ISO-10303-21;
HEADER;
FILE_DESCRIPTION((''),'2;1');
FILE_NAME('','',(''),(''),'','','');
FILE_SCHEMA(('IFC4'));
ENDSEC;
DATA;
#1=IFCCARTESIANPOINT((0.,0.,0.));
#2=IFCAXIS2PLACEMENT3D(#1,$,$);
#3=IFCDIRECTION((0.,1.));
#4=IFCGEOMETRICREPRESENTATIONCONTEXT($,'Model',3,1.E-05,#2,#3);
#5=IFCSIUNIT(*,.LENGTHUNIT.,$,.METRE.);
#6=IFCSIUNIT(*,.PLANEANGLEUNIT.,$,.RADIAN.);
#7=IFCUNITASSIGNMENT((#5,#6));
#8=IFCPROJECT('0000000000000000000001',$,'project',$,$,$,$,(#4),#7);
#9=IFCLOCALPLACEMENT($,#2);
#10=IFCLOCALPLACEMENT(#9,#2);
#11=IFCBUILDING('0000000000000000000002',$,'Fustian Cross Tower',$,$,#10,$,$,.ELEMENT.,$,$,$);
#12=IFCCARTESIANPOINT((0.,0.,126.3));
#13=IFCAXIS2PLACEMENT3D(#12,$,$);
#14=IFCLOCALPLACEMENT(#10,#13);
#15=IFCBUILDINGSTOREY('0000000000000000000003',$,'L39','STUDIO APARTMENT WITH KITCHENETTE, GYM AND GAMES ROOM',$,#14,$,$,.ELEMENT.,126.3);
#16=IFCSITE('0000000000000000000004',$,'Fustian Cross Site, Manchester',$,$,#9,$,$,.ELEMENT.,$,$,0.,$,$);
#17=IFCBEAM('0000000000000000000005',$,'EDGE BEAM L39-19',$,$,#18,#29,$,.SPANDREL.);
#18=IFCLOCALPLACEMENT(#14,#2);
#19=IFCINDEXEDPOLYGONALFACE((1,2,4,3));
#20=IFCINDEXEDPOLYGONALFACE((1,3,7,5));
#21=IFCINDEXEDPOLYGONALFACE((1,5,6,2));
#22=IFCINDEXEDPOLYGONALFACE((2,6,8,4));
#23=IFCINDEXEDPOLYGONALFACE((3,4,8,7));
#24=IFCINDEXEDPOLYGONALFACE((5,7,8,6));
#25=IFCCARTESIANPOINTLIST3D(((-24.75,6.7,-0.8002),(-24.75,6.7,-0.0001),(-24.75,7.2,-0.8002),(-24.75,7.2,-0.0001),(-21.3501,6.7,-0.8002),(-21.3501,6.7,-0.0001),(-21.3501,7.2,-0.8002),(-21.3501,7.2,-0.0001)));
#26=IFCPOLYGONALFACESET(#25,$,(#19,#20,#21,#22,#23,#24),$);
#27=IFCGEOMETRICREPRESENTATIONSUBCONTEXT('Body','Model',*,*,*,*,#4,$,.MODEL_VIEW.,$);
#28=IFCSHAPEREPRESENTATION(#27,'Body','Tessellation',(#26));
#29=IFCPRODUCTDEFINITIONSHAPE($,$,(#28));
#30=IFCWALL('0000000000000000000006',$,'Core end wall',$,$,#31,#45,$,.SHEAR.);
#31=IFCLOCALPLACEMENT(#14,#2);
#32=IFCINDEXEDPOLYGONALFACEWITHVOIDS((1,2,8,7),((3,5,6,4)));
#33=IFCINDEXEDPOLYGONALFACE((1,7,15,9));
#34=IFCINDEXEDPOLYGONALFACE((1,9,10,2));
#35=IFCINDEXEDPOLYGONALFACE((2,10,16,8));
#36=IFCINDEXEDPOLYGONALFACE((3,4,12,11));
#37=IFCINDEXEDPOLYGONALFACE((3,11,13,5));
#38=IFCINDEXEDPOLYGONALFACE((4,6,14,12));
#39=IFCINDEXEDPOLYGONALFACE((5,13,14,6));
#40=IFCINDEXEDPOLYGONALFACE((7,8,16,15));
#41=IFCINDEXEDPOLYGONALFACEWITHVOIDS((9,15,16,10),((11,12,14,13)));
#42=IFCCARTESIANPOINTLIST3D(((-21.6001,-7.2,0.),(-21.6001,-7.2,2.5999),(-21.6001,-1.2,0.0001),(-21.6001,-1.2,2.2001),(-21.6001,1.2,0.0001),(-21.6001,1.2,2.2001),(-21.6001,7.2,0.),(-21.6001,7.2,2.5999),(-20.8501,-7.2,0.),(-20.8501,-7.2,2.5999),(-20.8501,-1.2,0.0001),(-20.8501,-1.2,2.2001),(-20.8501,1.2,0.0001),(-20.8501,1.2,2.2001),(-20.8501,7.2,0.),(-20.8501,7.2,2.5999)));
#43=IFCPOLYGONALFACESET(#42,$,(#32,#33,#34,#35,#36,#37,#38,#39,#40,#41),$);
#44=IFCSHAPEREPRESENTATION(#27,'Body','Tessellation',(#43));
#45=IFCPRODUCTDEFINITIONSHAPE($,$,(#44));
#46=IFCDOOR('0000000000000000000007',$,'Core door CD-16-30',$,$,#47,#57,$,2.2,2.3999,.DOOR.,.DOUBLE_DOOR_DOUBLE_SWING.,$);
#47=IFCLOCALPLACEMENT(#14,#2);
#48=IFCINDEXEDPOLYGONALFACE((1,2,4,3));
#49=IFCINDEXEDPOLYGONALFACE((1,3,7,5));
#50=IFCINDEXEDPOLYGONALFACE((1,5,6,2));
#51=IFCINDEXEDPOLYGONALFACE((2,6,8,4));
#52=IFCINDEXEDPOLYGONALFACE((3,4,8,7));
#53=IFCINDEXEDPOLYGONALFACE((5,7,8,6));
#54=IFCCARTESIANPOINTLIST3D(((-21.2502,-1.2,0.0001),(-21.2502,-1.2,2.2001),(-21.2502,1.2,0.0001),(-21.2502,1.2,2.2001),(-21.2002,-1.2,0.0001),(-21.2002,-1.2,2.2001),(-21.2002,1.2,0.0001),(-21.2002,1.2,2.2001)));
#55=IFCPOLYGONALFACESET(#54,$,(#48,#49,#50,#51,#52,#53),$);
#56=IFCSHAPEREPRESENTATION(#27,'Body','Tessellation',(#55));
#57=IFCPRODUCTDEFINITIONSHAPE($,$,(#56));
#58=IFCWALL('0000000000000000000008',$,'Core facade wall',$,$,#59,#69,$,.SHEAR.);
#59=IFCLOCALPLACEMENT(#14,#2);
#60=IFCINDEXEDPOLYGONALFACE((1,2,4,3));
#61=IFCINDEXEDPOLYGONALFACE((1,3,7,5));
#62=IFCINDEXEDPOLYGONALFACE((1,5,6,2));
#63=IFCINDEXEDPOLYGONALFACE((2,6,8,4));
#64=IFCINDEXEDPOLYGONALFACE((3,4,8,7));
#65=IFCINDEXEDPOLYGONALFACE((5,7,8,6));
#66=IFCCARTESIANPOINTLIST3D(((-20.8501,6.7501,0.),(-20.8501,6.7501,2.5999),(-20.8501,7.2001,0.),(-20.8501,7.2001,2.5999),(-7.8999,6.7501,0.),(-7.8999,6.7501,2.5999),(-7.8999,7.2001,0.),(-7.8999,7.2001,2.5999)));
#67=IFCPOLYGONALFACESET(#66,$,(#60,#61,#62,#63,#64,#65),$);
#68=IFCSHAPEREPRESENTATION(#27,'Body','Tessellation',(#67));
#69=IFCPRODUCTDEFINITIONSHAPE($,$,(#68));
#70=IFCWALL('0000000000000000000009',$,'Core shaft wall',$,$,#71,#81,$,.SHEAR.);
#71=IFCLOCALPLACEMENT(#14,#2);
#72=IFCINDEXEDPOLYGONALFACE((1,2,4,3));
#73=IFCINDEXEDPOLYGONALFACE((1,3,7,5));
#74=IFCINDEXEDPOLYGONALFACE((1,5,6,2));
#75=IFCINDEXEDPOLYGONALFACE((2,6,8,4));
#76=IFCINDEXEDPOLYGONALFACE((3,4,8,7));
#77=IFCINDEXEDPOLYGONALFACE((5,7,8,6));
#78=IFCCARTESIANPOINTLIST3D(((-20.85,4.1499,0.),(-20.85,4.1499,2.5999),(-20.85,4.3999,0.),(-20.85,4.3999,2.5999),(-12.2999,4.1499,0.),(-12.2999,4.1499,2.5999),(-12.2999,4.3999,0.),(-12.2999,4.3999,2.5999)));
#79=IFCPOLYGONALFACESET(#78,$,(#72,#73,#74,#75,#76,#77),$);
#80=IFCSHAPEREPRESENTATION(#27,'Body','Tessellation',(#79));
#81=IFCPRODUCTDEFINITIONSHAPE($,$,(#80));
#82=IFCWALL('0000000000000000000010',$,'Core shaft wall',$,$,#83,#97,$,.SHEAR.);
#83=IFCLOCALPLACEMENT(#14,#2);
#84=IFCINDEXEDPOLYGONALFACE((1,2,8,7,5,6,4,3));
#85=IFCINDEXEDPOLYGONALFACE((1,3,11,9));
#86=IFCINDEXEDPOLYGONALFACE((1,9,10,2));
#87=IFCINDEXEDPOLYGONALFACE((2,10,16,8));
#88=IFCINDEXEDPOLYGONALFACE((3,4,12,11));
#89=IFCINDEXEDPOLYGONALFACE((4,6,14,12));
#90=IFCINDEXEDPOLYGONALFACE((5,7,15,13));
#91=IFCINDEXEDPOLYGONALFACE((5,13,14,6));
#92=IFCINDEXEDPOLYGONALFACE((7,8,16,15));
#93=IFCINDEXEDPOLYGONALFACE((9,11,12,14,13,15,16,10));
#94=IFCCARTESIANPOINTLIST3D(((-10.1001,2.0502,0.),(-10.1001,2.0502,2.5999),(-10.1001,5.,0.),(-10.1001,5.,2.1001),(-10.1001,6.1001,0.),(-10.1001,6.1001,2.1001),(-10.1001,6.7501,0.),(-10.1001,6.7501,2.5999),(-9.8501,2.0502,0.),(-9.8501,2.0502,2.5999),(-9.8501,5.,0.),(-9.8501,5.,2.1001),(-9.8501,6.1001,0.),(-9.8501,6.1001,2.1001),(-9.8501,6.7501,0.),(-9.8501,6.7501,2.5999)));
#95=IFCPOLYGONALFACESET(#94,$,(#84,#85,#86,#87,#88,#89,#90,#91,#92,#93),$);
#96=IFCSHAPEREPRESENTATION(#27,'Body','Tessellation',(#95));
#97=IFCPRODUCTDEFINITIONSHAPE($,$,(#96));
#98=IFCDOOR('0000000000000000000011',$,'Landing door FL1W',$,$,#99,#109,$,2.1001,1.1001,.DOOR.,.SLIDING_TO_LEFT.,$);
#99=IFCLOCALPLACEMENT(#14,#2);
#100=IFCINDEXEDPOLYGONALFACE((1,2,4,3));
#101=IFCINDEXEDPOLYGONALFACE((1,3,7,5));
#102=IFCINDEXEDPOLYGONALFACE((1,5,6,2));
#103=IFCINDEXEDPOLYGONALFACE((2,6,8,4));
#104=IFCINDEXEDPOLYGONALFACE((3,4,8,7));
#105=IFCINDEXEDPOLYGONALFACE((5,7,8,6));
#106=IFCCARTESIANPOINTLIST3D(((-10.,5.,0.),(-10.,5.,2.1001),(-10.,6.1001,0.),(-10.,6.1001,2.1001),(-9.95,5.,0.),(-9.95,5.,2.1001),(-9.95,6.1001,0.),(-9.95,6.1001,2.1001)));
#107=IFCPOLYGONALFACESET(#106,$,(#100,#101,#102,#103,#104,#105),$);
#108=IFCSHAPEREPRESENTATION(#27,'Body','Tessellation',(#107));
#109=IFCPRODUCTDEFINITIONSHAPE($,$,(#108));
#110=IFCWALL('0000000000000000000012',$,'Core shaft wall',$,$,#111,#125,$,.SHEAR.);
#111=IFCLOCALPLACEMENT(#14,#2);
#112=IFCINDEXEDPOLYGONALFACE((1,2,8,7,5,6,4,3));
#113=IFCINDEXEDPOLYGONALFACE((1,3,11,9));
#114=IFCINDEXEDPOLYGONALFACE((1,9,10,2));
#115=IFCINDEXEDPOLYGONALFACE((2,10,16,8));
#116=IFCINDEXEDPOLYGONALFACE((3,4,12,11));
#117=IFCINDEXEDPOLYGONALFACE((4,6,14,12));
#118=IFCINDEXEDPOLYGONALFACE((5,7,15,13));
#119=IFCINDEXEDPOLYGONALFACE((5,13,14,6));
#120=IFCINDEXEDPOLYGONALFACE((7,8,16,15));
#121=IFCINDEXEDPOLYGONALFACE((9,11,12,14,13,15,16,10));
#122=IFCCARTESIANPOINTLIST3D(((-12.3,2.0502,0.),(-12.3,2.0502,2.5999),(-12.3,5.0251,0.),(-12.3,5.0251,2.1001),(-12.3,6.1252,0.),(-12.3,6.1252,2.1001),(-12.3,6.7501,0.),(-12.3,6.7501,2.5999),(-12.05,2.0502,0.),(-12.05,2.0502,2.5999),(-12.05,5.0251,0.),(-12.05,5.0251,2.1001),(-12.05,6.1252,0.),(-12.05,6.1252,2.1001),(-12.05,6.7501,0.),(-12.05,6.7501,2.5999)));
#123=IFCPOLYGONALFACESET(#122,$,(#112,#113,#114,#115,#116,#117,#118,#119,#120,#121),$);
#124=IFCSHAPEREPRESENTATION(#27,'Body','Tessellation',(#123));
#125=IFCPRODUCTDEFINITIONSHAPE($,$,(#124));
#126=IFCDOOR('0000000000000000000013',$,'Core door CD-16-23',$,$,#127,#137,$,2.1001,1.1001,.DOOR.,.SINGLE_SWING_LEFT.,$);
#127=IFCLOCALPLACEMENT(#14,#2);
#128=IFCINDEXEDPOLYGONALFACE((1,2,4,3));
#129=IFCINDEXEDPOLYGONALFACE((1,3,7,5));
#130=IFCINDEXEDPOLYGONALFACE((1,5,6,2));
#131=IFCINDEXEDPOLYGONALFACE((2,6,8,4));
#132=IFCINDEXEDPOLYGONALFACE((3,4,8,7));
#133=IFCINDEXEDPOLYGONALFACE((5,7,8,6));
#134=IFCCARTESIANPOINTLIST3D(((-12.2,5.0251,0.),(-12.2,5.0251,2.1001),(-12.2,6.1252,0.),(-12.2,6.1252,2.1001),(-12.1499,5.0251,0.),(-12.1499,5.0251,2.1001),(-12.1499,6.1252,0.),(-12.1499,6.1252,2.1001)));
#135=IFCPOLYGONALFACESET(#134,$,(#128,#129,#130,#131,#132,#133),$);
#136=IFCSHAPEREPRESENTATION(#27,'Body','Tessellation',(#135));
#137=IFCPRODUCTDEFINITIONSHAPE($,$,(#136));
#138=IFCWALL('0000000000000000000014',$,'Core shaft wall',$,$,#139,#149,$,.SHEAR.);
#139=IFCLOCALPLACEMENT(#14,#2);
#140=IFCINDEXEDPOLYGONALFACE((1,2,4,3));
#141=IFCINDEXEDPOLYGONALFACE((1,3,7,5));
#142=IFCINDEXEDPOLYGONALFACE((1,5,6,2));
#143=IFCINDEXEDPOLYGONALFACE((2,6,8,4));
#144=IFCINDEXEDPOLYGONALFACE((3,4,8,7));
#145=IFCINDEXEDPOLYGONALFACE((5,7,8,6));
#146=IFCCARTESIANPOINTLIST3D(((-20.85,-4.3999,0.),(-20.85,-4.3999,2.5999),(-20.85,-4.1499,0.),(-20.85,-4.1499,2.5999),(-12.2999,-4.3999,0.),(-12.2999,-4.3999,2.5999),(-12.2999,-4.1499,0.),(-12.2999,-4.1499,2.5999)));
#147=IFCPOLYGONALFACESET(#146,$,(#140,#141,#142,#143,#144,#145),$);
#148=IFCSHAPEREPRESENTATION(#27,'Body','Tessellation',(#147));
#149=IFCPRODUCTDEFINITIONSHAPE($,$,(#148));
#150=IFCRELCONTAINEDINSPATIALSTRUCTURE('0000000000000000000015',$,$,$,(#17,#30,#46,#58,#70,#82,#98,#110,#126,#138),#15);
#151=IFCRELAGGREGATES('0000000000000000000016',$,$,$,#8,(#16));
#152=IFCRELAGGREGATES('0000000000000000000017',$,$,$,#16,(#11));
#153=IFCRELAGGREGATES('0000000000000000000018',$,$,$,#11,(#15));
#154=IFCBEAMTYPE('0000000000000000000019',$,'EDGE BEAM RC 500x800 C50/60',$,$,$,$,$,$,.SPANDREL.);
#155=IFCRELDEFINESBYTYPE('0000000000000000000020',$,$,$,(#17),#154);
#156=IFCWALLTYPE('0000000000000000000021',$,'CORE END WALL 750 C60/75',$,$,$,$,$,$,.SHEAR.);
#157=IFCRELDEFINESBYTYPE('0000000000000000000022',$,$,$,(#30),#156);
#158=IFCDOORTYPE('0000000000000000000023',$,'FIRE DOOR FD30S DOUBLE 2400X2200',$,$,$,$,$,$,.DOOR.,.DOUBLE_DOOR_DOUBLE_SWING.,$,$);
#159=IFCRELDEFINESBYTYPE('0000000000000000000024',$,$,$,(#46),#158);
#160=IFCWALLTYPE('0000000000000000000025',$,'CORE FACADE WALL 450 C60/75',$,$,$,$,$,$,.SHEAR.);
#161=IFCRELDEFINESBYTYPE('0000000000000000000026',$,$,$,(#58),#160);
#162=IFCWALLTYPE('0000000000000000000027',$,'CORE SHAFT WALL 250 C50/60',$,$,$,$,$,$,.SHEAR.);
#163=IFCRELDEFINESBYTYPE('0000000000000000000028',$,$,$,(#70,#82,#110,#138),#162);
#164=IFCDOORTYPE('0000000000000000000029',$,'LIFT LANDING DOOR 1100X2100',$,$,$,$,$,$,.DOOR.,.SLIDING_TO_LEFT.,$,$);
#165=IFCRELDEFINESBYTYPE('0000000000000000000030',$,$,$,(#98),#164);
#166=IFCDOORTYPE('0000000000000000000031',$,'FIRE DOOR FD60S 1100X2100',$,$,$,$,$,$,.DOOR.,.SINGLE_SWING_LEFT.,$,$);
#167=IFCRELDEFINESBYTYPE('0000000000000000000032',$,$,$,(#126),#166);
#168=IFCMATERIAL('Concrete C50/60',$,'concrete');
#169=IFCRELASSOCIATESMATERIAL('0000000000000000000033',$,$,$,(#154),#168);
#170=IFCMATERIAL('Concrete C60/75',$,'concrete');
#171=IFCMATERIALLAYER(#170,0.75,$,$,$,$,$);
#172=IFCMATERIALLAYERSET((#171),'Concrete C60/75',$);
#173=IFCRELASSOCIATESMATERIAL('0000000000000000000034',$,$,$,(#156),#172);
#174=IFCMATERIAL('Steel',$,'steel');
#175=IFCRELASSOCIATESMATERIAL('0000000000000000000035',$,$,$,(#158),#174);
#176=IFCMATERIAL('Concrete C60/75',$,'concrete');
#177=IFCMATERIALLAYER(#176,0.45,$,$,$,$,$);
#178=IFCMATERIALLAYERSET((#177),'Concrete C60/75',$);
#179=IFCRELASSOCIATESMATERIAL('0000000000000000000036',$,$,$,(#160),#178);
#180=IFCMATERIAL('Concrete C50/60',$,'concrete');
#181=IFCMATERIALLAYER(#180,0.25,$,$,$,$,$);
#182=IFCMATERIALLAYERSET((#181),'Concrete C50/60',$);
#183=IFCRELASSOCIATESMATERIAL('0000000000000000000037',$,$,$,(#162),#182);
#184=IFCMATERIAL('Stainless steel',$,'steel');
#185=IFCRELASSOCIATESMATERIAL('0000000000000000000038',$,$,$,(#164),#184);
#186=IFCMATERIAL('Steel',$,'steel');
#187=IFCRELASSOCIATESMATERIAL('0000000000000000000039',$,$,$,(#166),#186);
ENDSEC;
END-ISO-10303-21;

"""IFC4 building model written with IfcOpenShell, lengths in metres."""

from ifc_helpers import new_model, si_unit, direction, frame, frame_2d, origin, origin_2d, place, context, subcontext, project, spatial, rectangle, extrude, material, layer, layer_set, material_profile, profile_set, type_object, element, fill, save


model = new_model("IFC4")

# Units and contexts
model_context = context("Model", 3, precision=1e-05, world=origin(), true_north=direction((0.0, 1.0)))
body_context = subcontext(model_context, "Body", "Model", "MODEL_VIEW")
ifc_project = project(units=[si_unit("LENGTHUNIT", "METRE"), si_unit("PLANEANGLEUNIT", "RADIAN")], contexts=[model_context])

# Site, building, storey
site_placement = place(None, origin())
site = spatial("IfcSite", under=ifc_project, at=site_placement, Name="Fustian Cross Site, Manchester", CompositionType="ELEMENT", RefElevation=0.0)
building_placement = place(site_placement, origin())
building = spatial("IfcBuilding", under=site, at=building_placement, Name="Fustian Cross Tower", CompositionType="ELEMENT")
storey_placement = place(building_placement, frame((0.0, 0.0, 126.3)))
storey = spatial("IfcBuildingStorey", under=building, at=storey_placement, Name="L39", Description="STUDIO APARTMENT WITH KITCHENETTE, GYM AND GAMES ROOM", CompositionType="ELEMENT", Elevation=126.3)

# Beam
ifc_material_1 = material(Name="Concrete C50/60", Category="concrete")
ifc_material_profile = material_profile(ifc_material_1, rectangle(XDim=0.5, YDim=0.8, at=origin_2d()), Name="RC 500x800")
ifc_profile_set = profile_set([ifc_material_profile], Name="Concrete C50/60")
beam_type = type_object("IfcBeamType", Name="EDGE BEAM RC 500x800 C50/60", PredefinedType="SPANDREL", material=ifc_profile_set)
beam_placement = place(storey_placement, frame((-21.3501, 6.95, -0.4001), z_axis=(-1.0, 0.0, 0.0), x_axis=(0.0, -1.0, 0.0)))
element("IfcBeam", 1, at=beam_placement, inside=storey, type_object=beam_type, Name="EDGE BEAM L39-19", PredefinedType="SPANDREL", context=body_context, shape_type="SweptSolid", body=[
    extrude(rectangle(XDim=0.5, YDim=0.8, at=origin_2d()), origin(), (0.0, 0.0, 1.0), 3.3999),
])

# Wall, opening, door
ifc_material_2 = material(Name="Concrete C60/75", Category="concrete")
ifc_layer_1 = layer(ifc_material_2, 0.75)
ifc_layer_set_1 = layer_set([ifc_layer_1], Name="Concrete C60/75")
wall_type_1 = type_object("IfcWallType", Name="CORE END WALL 750 C60/75", PredefinedType="SHEAR", material=ifc_layer_set_1)
wall_1_placement = place(storey_placement, frame((-21.2251, -7.2, 0.0), z_axis=(0.0, 0.0, 1.0), x_axis=(0.0, 1.0, 0.0)))
wall_1 = element("IfcWall", 2, at=wall_1_placement, inside=storey, type_object=wall_type_1, Name="Core end wall", PredefinedType="SHEAR", context=body_context, shape_type="SweptSolid", body=[
    extrude(rectangle(XDim=14.3999, YDim=0.75, at=frame_2d((7.2, 0.0))), origin(), (0.0, 0.0, 1.0), 2.5999),
])
opening_1_placement = place(wall_1_placement, frame((6.0, 0.0, 0.0)))
opening_1 = element("IfcOpeningElement", 3, at=opening_1_placement, cuts=wall_1, PredefinedType="OPENING", context=body_context, shape_type="SweptSolid", body=[
    extrude(rectangle(XDim=2.3999, YDim=2.2, at=frame_2d((1.2, 1.1001))), frame((0.0, 0.385, 0.0), z_axis=(0.0, -1.0, 0.0), x_axis=(1.0, 0.0, 0.0)), (0.0, 0.0, 1.0), 0.77),
])
ifc_material_3 = material(Name="Steel", Category="steel")
door_type_1 = type_object("IfcDoorType", Name="FIRE DOOR FD30S DOUBLE 2400X2200", OperationType="DOUBLE_DOOR_DOUBLE_SWING", PredefinedType="DOOR", material=ifc_material_3)
door_1_placement = place(opening_1_placement, frame((2.3999, 0.0, 0.0), z_axis=(0.0, 0.0, 1.0), x_axis=(-1.0, 0.0, 0.0)))
door_1 = element("IfcDoor", 4, at=door_1_placement, inside=storey, type_object=door_type_1, Name="Core door CD-16-30", OperationType="DOUBLE_DOOR_DOUBLE_SWING", OverallHeight=2.2, OverallWidth=2.3999, PredefinedType="DOOR", context=body_context, shape_type="SweptSolid", body=[
    extrude(rectangle(XDim=2.3999, YDim=2.2, at=frame_2d((1.2, 1.1001))), frame((0.0, 0.0249, 0.0), z_axis=(0.0, -1.0, 0.0), x_axis=(1.0, 0.0, 0.0)), (0.0, 0.0, 1.0), 0.05),
])
fill(opening_1, door_1)

# Walls
ifc_material_4 = material(Name="Concrete C60/75", Category="concrete")
ifc_layer_2 = layer(ifc_material_4, 0.45)
ifc_layer_set_2 = layer_set([ifc_layer_2], Name="Concrete C60/75")
wall_type_2 = type_object("IfcWallType", Name="CORE FACADE WALL 450 C60/75", PredefinedType="SHEAR", material=ifc_layer_set_2)
wall_2_placement = place(storey_placement, frame((-7.8999, 6.9751, 0.0), z_axis=(0.0, 0.0, 1.0), x_axis=(-1.0, 0.0, 0.0)))
element("IfcWall", 5, at=wall_2_placement, inside=storey, type_object=wall_type_2, Name="Core facade wall", PredefinedType="SHEAR", context=body_context, shape_type="SweptSolid", body=[
    extrude(rectangle(XDim=12.9502, YDim=0.45, at=frame_2d((6.4751, 0.0))), origin(), (0.0, 0.0, 1.0), 2.5999),
])
ifc_material_5 = material(Name="Concrete C50/60", Category="concrete")
ifc_layer_3 = layer(ifc_material_5, 0.25)
ifc_layer_set_3 = layer_set([ifc_layer_3], Name="Concrete C50/60")
wall_type_3 = type_object("IfcWallType", Name="CORE SHAFT WALL 250 C50/60", PredefinedType="SHEAR", material=ifc_layer_set_3)
wall_3_placement = place(storey_placement, frame((-12.3, 4.2749, 0.0), z_axis=(0.0, 0.0, 1.0), x_axis=(-1.0, 0.0, 0.0)))
element("IfcWall", 6, at=wall_3_placement, inside=storey, type_object=wall_type_3, Name="Core shaft wall", PredefinedType="SHEAR", context=body_context, shape_type="SweptSolid", body=[
    extrude(rectangle(XDim=8.55, YDim=0.25, at=frame_2d((4.2749, 0.0))), origin(), (0.0, 0.0, 1.0), 2.5999),
])

# Walls, openings, doors
wall_4_placement = place(storey_placement, frame((-9.9751, 2.05, 0.0), z_axis=(0.0, 0.0, 1.0), x_axis=(0.0, 1.0, 0.0)))
wall_4 = element("IfcWall", 7, at=wall_4_placement, inside=storey, type_object=wall_type_3, Name="Core shaft wall", PredefinedType="SHEAR", context=body_context, shape_type="SweptSolid", body=[
    extrude(rectangle(XDim=4.7, YDim=0.25, at=frame_2d((2.3501, 0.0))), origin(), (0.0, 0.0, 1.0), 2.5999),
])
opening_2_placement = place(wall_4_placement, frame((2.95, 0.0, 0.0)))
opening_2 = element("IfcOpeningElement", 8, at=opening_2_placement, cuts=wall_4, PredefinedType="OPENING", context=body_context, shape_type="SweptSolid", body=[
    extrude(rectangle(XDim=1.1001, YDim=2.1001, at=frame_2d((0.55, 1.05))), frame((0.0, 0.135, 0.0), z_axis=(0.0, -1.0, 0.0), x_axis=(1.0, 0.0, 0.0)), (0.0, 0.0, 1.0), 0.27),
])
ifc_material_6 = material(Name="Stainless steel", Category="steel")
door_type_2 = type_object("IfcDoorType", Name="LIFT LANDING DOOR 1100X2100", OperationType="SLIDING_TO_LEFT", PredefinedType="DOOR", material=ifc_material_6)
door_2_placement = place(opening_2_placement, origin())
door_2 = element("IfcDoor", 9, at=door_2_placement, inside=storey, type_object=door_type_2, Name="Landing door FL1W", OperationType="SLIDING_TO_LEFT", OverallHeight=2.1001, OverallWidth=1.1001, PredefinedType="DOOR", context=body_context, shape_type="SweptSolid", body=[
    extrude(rectangle(XDim=1.1001, YDim=2.1001, at=frame_2d((0.55, 1.05))), frame((0.0, 0.0249, 0.0), z_axis=(0.0, -1.0, 0.0), x_axis=(1.0, 0.0, 0.0)), (0.0, 0.0, 1.0), 0.05),
])
fill(opening_2, door_2)
wall_5_placement = place(storey_placement, frame((-12.175, 2.05, 0.0), z_axis=(0.0, 0.0, 1.0), x_axis=(0.0, 1.0, 0.0)))
wall_5 = element("IfcWall", 10, at=wall_5_placement, inside=storey, type_object=wall_type_3, Name="Core shaft wall", PredefinedType="SHEAR", context=body_context, shape_type="SweptSolid", body=[
    extrude(rectangle(XDim=4.7, YDim=0.25, at=frame_2d((2.3501, 0.0))), origin(), (0.0, 0.0, 1.0), 2.5999),
])
opening_3_placement = place(wall_5_placement, frame((2.9751, 0.0, 0.0)))
opening_3 = element("IfcOpeningElement", 11, at=opening_3_placement, cuts=wall_5, PredefinedType="OPENING", context=body_context, shape_type="SweptSolid", body=[
    extrude(rectangle(XDim=1.1001, YDim=2.1001, at=frame_2d((0.55, 1.05))), frame((0.0, 0.135, 0.0), z_axis=(0.0, -1.0, 0.0), x_axis=(1.0, 0.0, 0.0)), (0.0, 0.0, 1.0), 0.27),
])
ifc_material_7 = material(Name="Steel", Category="steel")
door_type_3 = type_object("IfcDoorType", Name="FIRE DOOR FD60S 1100X2100", OperationType="SINGLE_SWING_LEFT", PredefinedType="DOOR", material=ifc_material_7)
door_3_placement = place(opening_3_placement, origin())
door_3 = element("IfcDoor", 12, at=door_3_placement, inside=storey, type_object=door_type_3, Name="Core door CD-16-23", OperationType="SINGLE_SWING_LEFT", OverallHeight=2.1001, OverallWidth=1.1001, PredefinedType="DOOR", context=body_context, shape_type="SweptSolid", body=[
    extrude(rectangle(XDim=1.1001, YDim=2.1001, at=frame_2d((0.55, 1.05))), frame((0.0, 0.0249, 0.0), z_axis=(0.0, -1.0, 0.0), x_axis=(1.0, 0.0, 0.0)), (0.0, 0.0, 1.0), 0.05),
])
fill(opening_3, door_3)

# Wall
wall_6_placement = place(storey_placement, frame((-12.3, -4.2749, 0.0), z_axis=(0.0, 0.0, 1.0), x_axis=(-1.0, 0.0, 0.0)))
element("IfcWall", 13, at=wall_6_placement, inside=storey, type_object=wall_type_3, Name="Core shaft wall", PredefinedType="SHEAR", context=body_context, shape_type="SweptSolid", body=[
    extrude(rectangle(XDim=8.55, YDim=0.25, at=frame_2d((4.2749, 0.0))), origin(), (0.0, 0.0, 1.0), 2.5999),
])

save(model, "model.ifc")
